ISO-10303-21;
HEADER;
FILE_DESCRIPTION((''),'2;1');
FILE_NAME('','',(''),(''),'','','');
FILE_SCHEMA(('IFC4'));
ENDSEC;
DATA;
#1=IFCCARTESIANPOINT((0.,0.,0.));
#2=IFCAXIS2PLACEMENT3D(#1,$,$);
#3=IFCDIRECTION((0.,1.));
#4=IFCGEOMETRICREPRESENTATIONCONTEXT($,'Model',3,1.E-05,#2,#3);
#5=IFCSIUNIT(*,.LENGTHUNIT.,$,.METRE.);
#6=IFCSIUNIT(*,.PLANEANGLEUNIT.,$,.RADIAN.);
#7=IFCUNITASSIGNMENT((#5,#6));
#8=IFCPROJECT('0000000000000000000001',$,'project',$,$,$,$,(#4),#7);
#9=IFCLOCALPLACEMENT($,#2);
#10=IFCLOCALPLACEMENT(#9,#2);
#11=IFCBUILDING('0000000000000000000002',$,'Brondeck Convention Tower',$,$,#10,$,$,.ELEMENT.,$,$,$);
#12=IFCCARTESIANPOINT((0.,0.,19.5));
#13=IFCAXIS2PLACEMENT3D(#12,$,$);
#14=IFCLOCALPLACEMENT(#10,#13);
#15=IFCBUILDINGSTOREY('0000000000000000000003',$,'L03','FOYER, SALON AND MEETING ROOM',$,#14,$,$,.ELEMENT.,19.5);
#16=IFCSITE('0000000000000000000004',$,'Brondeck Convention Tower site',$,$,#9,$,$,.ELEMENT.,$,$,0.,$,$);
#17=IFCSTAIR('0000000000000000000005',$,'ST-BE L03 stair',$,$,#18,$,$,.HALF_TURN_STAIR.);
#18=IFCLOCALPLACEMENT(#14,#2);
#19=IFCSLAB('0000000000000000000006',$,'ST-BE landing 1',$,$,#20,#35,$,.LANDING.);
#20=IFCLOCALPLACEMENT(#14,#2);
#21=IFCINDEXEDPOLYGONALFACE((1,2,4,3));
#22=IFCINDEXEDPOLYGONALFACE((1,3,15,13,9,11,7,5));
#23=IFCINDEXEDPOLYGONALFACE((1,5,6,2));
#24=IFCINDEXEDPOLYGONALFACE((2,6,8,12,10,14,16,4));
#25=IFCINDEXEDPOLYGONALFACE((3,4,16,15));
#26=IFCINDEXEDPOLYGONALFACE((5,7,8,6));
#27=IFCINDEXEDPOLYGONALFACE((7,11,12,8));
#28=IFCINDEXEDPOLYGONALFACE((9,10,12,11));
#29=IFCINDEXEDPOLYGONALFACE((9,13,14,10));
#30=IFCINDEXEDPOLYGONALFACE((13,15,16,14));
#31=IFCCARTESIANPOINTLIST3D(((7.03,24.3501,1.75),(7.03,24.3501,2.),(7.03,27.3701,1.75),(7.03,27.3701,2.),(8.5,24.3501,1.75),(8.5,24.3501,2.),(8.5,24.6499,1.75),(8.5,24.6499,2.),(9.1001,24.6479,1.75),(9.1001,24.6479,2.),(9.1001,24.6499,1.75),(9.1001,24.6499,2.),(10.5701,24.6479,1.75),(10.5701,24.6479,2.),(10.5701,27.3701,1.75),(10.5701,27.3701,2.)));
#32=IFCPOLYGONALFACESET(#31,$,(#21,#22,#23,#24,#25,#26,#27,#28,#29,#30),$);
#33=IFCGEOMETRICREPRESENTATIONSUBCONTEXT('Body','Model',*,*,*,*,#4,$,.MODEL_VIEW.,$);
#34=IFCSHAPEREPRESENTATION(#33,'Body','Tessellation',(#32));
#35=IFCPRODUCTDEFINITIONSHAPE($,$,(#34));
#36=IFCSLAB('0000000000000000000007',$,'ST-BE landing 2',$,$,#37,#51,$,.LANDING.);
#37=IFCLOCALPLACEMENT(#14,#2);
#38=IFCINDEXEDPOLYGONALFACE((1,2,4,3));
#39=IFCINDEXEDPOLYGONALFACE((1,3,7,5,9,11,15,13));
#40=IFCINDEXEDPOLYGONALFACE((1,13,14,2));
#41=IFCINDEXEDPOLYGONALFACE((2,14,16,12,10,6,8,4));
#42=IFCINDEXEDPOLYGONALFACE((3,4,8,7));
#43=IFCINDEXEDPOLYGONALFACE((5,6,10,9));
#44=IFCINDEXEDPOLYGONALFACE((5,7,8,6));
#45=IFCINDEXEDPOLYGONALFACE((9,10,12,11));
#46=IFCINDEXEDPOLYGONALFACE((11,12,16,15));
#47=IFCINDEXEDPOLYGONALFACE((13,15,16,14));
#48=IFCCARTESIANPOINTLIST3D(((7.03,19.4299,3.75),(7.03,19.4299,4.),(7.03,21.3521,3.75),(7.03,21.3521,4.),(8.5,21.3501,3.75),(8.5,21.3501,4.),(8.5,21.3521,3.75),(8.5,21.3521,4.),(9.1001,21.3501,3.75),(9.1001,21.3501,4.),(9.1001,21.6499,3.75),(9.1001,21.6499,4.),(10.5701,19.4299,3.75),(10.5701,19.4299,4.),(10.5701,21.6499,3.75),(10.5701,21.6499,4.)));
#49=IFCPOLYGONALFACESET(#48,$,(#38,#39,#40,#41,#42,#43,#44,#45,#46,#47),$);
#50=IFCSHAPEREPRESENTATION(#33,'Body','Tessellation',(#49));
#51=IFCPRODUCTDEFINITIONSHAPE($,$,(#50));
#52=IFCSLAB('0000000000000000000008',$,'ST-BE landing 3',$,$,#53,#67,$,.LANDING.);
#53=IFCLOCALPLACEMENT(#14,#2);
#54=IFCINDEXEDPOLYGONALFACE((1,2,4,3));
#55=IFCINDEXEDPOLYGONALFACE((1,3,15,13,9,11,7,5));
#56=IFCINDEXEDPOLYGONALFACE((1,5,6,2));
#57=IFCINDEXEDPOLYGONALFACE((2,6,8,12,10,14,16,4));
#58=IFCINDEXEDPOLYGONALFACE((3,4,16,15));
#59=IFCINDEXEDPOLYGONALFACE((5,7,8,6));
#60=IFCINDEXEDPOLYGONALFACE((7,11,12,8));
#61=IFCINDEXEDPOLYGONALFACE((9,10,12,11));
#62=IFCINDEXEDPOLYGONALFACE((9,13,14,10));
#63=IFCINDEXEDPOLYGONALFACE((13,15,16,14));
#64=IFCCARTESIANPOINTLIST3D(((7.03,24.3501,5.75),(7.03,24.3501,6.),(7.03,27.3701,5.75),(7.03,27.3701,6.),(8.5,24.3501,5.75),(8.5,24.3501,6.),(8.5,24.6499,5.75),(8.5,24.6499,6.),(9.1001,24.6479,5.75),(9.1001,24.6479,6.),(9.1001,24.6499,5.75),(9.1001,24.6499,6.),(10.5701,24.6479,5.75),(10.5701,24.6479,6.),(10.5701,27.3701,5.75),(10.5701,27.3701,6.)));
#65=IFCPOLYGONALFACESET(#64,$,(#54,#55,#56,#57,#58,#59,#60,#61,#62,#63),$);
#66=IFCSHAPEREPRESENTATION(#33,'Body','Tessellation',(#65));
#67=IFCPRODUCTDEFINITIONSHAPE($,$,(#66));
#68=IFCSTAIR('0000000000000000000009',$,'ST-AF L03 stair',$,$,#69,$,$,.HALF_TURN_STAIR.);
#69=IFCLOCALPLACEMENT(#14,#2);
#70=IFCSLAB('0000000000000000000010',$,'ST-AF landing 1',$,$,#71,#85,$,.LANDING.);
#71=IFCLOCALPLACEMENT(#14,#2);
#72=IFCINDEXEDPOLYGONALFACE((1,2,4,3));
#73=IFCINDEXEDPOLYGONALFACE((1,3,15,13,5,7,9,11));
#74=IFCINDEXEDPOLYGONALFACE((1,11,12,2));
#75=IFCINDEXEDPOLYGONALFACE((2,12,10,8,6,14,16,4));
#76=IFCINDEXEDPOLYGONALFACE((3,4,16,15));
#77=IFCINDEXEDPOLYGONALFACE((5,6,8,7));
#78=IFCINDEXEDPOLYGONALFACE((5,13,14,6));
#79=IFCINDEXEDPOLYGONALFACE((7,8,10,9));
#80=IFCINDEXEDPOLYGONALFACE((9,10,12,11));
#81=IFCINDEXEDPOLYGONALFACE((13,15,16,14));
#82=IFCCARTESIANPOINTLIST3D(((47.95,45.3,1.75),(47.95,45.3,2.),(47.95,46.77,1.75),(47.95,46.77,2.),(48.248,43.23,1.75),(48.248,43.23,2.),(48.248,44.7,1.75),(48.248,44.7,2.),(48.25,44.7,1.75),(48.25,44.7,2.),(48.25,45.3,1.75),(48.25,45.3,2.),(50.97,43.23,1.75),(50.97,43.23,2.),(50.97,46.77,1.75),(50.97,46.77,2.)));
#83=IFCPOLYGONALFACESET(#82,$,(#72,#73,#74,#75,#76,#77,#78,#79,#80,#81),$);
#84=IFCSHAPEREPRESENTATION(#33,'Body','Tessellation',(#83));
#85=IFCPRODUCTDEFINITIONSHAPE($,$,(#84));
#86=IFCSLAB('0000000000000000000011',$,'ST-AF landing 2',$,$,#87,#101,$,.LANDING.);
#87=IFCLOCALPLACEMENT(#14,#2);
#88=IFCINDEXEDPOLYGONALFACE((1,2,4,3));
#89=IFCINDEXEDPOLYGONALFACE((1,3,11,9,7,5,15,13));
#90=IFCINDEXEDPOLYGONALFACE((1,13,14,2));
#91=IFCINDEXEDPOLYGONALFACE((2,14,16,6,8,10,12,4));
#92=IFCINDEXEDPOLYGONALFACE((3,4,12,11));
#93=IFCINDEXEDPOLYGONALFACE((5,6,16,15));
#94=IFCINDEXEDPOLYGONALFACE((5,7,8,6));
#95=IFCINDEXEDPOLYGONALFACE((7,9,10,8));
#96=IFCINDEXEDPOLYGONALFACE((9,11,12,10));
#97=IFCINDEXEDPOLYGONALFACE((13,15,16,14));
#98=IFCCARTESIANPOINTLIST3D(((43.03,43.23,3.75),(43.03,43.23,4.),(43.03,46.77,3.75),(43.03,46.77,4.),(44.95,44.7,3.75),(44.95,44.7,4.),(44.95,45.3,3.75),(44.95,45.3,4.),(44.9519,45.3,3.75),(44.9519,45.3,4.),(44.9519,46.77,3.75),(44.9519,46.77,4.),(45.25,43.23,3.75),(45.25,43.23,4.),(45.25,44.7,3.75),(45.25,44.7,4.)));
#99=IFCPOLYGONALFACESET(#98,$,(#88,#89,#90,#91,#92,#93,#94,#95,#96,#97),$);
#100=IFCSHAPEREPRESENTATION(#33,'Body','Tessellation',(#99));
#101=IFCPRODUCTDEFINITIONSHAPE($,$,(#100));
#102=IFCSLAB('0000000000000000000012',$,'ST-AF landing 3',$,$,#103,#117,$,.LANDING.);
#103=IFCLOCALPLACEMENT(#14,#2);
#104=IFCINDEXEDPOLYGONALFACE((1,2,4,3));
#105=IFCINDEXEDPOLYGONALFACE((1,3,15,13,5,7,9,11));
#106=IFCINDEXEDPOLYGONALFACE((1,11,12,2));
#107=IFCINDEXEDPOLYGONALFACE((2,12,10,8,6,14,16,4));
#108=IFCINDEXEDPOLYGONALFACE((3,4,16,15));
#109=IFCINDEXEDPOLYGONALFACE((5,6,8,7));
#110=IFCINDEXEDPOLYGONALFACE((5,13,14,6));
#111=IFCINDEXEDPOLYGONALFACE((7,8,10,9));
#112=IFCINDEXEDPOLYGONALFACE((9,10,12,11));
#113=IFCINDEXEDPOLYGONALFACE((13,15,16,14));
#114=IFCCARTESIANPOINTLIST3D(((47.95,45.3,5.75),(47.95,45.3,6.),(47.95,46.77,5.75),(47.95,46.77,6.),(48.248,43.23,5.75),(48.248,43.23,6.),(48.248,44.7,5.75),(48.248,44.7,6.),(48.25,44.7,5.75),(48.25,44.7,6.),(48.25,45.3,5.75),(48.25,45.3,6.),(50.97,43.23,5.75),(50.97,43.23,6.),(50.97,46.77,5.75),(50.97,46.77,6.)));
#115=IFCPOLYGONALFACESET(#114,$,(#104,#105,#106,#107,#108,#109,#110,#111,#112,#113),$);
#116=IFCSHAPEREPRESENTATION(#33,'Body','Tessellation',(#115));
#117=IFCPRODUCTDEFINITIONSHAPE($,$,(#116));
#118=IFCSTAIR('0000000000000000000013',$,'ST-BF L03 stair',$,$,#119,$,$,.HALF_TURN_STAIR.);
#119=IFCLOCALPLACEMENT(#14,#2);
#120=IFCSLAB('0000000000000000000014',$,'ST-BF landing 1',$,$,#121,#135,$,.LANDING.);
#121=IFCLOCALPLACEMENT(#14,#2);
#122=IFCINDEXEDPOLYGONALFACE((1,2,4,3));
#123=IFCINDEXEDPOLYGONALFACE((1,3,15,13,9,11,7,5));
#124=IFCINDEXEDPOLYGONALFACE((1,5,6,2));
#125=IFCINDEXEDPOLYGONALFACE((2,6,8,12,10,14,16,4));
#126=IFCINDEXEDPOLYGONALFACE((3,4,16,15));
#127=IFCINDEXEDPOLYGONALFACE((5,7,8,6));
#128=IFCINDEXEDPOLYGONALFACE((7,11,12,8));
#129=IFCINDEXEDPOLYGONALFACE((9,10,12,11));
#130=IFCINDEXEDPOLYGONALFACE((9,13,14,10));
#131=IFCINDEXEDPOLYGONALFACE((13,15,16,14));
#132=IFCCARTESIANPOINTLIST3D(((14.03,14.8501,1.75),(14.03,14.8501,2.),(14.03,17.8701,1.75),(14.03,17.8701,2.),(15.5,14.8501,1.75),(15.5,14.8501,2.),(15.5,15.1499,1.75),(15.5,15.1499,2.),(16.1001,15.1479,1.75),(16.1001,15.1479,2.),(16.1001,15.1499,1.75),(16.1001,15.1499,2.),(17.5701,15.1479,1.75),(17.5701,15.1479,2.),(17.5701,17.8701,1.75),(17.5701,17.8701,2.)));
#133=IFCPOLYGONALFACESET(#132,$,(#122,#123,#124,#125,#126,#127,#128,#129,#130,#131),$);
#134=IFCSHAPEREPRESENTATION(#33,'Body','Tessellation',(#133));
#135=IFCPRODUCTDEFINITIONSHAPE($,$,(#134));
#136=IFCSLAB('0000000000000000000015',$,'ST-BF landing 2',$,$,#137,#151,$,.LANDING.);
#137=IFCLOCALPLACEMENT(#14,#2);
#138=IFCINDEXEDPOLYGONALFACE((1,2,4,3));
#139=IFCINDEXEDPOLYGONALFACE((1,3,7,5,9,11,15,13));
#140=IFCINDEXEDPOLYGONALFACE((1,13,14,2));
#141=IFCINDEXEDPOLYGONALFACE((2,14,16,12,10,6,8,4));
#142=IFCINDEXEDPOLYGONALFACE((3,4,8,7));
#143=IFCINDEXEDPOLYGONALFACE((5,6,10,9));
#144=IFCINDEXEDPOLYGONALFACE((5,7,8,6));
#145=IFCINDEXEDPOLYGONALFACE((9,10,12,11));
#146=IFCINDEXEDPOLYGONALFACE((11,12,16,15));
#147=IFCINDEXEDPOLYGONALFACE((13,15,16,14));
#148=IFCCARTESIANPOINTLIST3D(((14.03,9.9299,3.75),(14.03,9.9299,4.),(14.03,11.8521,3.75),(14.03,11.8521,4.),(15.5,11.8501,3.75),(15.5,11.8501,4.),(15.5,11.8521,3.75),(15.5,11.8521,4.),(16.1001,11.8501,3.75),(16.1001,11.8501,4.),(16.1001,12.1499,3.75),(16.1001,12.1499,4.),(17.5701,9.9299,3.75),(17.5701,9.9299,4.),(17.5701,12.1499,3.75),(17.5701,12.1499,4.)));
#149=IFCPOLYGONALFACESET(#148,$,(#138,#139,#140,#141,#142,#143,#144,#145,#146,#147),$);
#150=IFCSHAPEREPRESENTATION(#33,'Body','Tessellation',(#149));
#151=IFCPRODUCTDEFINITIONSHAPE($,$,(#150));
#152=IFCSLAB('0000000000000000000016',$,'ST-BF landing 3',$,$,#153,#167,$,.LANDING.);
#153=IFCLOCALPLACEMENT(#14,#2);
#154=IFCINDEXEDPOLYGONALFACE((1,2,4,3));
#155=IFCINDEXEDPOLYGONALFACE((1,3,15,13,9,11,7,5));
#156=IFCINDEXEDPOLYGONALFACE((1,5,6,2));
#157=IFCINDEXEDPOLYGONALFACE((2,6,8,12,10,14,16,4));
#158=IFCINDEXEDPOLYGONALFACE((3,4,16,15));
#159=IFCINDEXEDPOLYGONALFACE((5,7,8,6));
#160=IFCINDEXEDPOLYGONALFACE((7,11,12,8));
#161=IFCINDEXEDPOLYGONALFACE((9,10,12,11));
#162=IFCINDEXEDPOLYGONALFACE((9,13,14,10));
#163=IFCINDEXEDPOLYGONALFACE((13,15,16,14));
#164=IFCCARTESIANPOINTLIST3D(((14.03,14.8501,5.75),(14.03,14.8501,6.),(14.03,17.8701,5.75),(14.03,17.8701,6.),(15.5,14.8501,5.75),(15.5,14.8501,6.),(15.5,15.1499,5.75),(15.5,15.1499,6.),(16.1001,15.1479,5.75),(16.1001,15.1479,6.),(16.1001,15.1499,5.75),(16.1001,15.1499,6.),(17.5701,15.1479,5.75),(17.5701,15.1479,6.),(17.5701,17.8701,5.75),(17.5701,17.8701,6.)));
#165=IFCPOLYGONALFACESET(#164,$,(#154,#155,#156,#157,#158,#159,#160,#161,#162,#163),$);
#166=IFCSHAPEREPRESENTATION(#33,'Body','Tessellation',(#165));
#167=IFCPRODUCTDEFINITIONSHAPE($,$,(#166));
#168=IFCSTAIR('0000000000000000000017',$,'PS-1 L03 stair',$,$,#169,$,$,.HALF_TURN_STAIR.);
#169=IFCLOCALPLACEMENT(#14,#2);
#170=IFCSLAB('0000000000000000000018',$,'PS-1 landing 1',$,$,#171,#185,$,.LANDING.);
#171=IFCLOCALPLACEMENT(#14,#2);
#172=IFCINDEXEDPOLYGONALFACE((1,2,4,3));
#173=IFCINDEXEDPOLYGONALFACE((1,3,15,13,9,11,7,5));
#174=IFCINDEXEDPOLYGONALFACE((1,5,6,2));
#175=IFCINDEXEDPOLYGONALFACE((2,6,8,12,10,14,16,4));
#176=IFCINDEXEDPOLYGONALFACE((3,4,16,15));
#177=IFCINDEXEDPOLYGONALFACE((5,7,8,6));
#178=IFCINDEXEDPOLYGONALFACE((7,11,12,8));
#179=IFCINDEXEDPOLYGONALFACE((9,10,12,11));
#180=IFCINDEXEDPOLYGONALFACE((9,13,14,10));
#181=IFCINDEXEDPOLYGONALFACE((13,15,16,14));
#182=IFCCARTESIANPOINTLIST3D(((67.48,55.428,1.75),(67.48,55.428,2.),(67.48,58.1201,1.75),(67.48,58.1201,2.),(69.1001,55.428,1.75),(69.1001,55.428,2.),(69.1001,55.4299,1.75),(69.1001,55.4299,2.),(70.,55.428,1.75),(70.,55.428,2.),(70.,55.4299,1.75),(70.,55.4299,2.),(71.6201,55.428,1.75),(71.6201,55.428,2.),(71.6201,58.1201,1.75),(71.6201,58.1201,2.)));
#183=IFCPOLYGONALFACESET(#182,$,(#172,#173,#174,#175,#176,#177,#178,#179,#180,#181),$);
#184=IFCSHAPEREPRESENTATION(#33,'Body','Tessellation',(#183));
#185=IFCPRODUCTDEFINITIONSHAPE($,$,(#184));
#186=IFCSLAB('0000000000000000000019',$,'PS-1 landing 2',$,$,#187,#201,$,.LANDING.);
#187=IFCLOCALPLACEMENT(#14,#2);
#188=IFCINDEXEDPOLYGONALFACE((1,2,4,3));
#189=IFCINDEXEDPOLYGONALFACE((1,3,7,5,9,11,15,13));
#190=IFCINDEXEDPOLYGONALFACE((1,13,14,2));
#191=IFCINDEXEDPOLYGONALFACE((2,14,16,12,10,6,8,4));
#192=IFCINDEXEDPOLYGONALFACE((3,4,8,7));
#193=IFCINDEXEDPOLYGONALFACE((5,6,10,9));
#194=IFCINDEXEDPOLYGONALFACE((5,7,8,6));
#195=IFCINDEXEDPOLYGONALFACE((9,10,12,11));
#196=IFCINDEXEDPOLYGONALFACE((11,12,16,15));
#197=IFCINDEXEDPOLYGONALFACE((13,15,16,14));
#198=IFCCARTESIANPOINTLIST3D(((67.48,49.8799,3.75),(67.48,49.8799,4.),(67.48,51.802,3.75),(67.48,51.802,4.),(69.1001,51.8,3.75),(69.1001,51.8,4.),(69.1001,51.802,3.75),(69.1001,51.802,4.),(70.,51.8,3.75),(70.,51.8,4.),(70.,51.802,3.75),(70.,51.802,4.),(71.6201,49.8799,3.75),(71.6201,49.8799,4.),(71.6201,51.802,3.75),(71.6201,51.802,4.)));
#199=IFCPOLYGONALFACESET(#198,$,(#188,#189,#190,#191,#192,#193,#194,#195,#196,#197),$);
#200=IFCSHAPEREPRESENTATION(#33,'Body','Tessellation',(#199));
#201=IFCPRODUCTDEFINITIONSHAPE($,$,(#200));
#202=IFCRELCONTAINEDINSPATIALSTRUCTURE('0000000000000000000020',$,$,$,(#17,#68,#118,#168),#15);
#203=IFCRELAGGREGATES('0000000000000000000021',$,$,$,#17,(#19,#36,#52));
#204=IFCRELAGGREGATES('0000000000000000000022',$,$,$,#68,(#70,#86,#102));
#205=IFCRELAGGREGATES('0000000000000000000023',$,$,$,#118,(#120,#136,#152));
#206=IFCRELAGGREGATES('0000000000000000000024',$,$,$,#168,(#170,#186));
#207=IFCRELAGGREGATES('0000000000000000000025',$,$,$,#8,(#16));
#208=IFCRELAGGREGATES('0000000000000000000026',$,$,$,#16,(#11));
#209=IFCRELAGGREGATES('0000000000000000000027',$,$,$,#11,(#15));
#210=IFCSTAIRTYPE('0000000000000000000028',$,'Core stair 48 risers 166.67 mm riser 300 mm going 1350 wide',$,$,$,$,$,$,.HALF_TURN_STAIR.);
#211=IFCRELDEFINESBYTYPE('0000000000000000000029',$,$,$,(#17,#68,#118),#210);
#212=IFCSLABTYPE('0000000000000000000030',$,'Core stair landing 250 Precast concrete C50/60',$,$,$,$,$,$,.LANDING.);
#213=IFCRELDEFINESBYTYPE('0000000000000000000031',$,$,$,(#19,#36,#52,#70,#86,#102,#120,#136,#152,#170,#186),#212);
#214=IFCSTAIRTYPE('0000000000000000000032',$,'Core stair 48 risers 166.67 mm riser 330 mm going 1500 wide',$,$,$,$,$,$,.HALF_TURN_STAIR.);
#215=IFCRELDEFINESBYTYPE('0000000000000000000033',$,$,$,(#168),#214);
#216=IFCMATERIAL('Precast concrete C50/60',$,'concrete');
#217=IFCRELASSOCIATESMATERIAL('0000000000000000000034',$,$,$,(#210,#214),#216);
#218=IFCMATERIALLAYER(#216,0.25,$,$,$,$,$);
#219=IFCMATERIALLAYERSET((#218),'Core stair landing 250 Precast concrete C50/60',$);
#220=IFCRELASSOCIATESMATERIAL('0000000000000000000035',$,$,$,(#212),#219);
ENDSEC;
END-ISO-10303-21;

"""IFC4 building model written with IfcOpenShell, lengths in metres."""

from ifc_helpers import new_model, si_unit, direction, frame, origin, place, context, subcontext, project, spatial, polyline, outline, extrude, material, layer, layer_set, type_object, element, aggregate, save


model = new_model("IFC4")

# Units and contexts
model_context = context("Model", 3, precision=1e-05, world=origin(), true_north=direction((0.0, 1.0)))
body_context = subcontext(model_context, "Body", "Model", "MODEL_VIEW")
ifc_project = project(units=[si_unit("LENGTHUNIT", "METRE"), si_unit("PLANEANGLEUNIT", "RADIAN")], contexts=[model_context])

# Site, building, storey
site_placement = place(None, origin())
site = spatial("IfcSite", under=ifc_project, at=site_placement, Name="Brondeck Convention Tower site", CompositionType="ELEMENT", RefElevation=0.0)
building_placement = place(site_placement, origin())
building = spatial("IfcBuilding", under=site, at=building_placement, Name="Brondeck Convention Tower", CompositionType="ELEMENT")
storey_placement = place(building_placement, frame((0.0, 0.0, 19.5)))
storey = spatial("IfcBuildingStorey", under=building, at=storey_placement, Name="L03", Description="FOYER, SALON AND MEETING ROOM", CompositionType="ELEMENT", Elevation=19.5)

# Stairs, slabs
ifc_material_1 = material(Name="Precast concrete C50/60", Category="concrete")
stair_type_1 = type_object("IfcStairType", Name="Core stair 48 risers 166.67 mm riser 300 mm going 1350 wide", PredefinedType="HALF_TURN_STAIR", material=ifc_material_1)
ifc_layer_1 = layer(ifc_material_1, 0.25)
ifc_layer_set_1 = layer_set([ifc_layer_1], Name="Core stair landing 250 Precast concrete C50/60")
slab_type_1 = type_object("IfcSlabType", Name="Core stair landing 250 Precast concrete C50/60", PredefinedType="LANDING", material=ifc_layer_set_1)
stair_1_placement = place(storey_placement, origin())
stair_1 = element("IfcStair", 1, at=stair_1_placement, inside=storey, type_object=stair_type_1, Name="ST-BE L03 stair", PredefinedType="HALF_TURN_STAIR")
slab_1_placement = place(storey_placement, frame((0.0, 0.0, 1.75)))
slab_1 = element("IfcSlab", 2, at=slab_1_placement, type_object=slab_type_1, Name="ST-BE landing 1", PredefinedType="LANDING", context=body_context, shape_type="SweptSolid", body=[
    extrude(outline(polyline([(7.03, 24.3501), (7.03, 27.3701), (10.5701, 27.3701), (10.5701, 24.6479), (9.1001, 24.6479), (9.1001, 24.6499), (8.5, 24.6499), (8.5, 24.3501), (7.03, 24.3501)])), origin(), (0.0, 0.0, 1.0), 0.25),
])
slab_2_placement = place(storey_placement, frame((0.0, 0.0, 3.75)))
slab_2 = element("IfcSlab", 3, at=slab_2_placement, type_object=slab_type_1, Name="ST-BE landing 2", PredefinedType="LANDING", context=body_context, shape_type="SweptSolid", body=[
    extrude(outline(polyline([(10.5701, 19.4299), (7.03, 19.4299), (7.03, 21.3521), (8.5, 21.3521), (8.5, 21.3501), (9.1001, 21.3501), (9.1001, 21.6499), (10.5701, 21.6499), (10.5701, 19.4299)])), origin(), (0.0, 0.0, 1.0), 0.25),
])
slab_3_placement = place(storey_placement, frame((0.0, 0.0, 5.75)))
slab_3 = element("IfcSlab", 4, at=slab_3_placement, type_object=slab_type_1, Name="ST-BE landing 3", PredefinedType="LANDING", context=body_context, shape_type="SweptSolid", body=[
    extrude(outline(polyline([(7.03, 24.3501), (7.03, 27.3701), (10.5701, 27.3701), (10.5701, 24.6479), (9.1001, 24.6479), (9.1001, 24.6499), (8.5, 24.6499), (8.5, 24.3501), (7.03, 24.3501)])), origin(), (0.0, 0.0, 1.0), 0.25),
])
aggregate(stair_1, [slab_1, slab_2, slab_3])
stair_2_placement = place(storey_placement, origin())
stair_2 = element("IfcStair", 5, at=stair_2_placement, inside=storey, type_object=stair_type_1, Name="ST-AF L03 stair", PredefinedType="HALF_TURN_STAIR")
slab_4_placement = place(storey_placement, frame((0.0, 0.0, 1.75)))
slab_4 = element("IfcSlab", 6, at=slab_4_placement, type_object=slab_type_1, Name="ST-AF landing 1", PredefinedType="LANDING", context=body_context, shape_type="SweptSolid", body=[
    extrude(outline(polyline([(48.248, 44.7), (48.25, 44.7), (48.25, 45.3), (47.95, 45.3), (47.95, 46.77), (50.97, 46.77), (50.97, 43.23), (48.248, 43.23), (48.248, 44.7)])), origin(), (0.0, 0.0, 1.0), 0.25),
])
slab_5_placement = place(storey_placement, frame((0.0, 0.0, 3.75)))
slab_5 = element("IfcSlab", 7, at=slab_5_placement, type_object=slab_type_1, Name="ST-AF landing 2", PredefinedType="LANDING", context=body_context, shape_type="SweptSolid", body=[
    extrude(outline(polyline([(45.25, 44.7), (45.25, 43.23), (43.03, 43.23), (43.03, 46.77), (44.9519, 46.77), (44.9519, 45.3), (44.95, 45.3), (44.95, 44.7), (45.25, 44.7)])), origin(), (0.0, 0.0, 1.0), 0.25),
])
slab_6_placement = place(storey_placement, frame((0.0, 0.0, 5.75)))
slab_6 = element("IfcSlab", 8, at=slab_6_placement, type_object=slab_type_1, Name="ST-AF landing 3", PredefinedType="LANDING", context=body_context, shape_type="SweptSolid", body=[
    extrude(outline(polyline([(48.248, 44.7), (48.25, 44.7), (48.25, 45.3), (47.95, 45.3), (47.95, 46.77), (50.97, 46.77), (50.97, 43.23), (48.248, 43.23), (48.248, 44.7)])), origin(), (0.0, 0.0, 1.0), 0.25),
])
aggregate(stair_2, [slab_4, slab_5, slab_6])
stair_3_placement = place(storey_placement, origin())
stair_3 = element("IfcStair", 9, at=stair_3_placement, inside=storey, type_object=stair_type_1, Name="ST-BF L03 stair", PredefinedType="HALF_TURN_STAIR")
slab_7_placement = place(storey_placement, frame((0.0, 0.0, 1.75)))
slab_7 = element("IfcSlab", 10, at=slab_7_placement, type_object=slab_type_1, Name="ST-BF landing 1", PredefinedType="LANDING", context=body_context, shape_type="SweptSolid", body=[
    extrude(outline(polyline([(14.03, 14.8501), (14.03, 17.8701), (17.5701, 17.8701), (17.5701, 15.1479), (16.1001, 15.1479), (16.1001, 15.1499), (15.5, 15.1499), (15.5, 14.8501), (14.03, 14.8501)])), origin(), (0.0, 0.0, 1.0), 0.25),
])
slab_8_placement = place(storey_placement, frame((0.0, 0.0, 3.75)))
slab_8 = element("IfcSlab", 11, at=slab_8_placement, type_object=slab_type_1, Name="ST-BF landing 2", PredefinedType="LANDING", context=body_context, shape_type="SweptSolid", body=[
    extrude(outline(polyline([(17.5701, 9.9299), (14.03, 9.9299), (14.03, 11.8521), (15.5, 11.8521), (15.5, 11.8501), (16.1001, 11.8501), (16.1001, 12.1499), (17.5701, 12.1499), (17.5701, 9.9299)])), origin(), (0.0, 0.0, 1.0), 0.25),
])
slab_9_placement = place(storey_placement, frame((0.0, 0.0, 5.75)))
slab_9 = element("IfcSlab", 12, at=slab_9_placement, type_object=slab_type_1, Name="ST-BF landing 3", PredefinedType="LANDING", context=body_context, shape_type="SweptSolid", body=[
    extrude(outline(polyline([(14.03, 14.8501), (14.03, 17.8701), (17.5701, 17.8701), (17.5701, 15.1479), (16.1001, 15.1479), (16.1001, 15.1499), (15.5, 15.1499), (15.5, 14.8501), (14.03, 14.8501)])), origin(), (0.0, 0.0, 1.0), 0.25),
])
aggregate(stair_3, [slab_7, slab_8, slab_9])
stair_type_2 = type_object("IfcStairType", Name="Core stair 48 risers 166.67 mm riser 330 mm going 1500 wide", PredefinedType="HALF_TURN_STAIR", material=ifc_material_1)
stair_4_placement = place(storey_placement, origin())
stair_4 = element("IfcStair", 13, at=stair_4_placement, inside=storey, type_object=stair_type_2, Name="PS-1 L03 stair", PredefinedType="HALF_TURN_STAIR")
slab_10_placement = place(storey_placement, frame((0.0, 0.0, 1.75)))
slab_10 = element("IfcSlab", 14, at=slab_10_placement, type_object=slab_type_1, Name="PS-1 landing 1", PredefinedType="LANDING", context=body_context, shape_type="SweptSolid", body=[
    extrude(outline(polyline([(69.1001, 55.428), (67.48, 55.428), (67.48, 58.1201), (71.6201, 58.1201), (71.6201, 55.428), (70.0, 55.428), (70.0, 55.4299), (69.1001, 55.4299), (69.1001, 55.428)])), origin(), (0.0, 0.0, 1.0), 0.25),
])
slab_11_placement = place(storey_placement, frame((0.0, 0.0, 3.75)))
slab_11 = element("IfcSlab", 15, at=slab_11_placement, type_object=slab_type_1, Name="PS-1 landing 2", PredefinedType="LANDING", context=body_context, shape_type="SweptSolid", body=[
    extrude(outline(polyline([(71.6201, 49.8799), (67.48, 49.8799), (67.48, 51.802), (69.1001, 51.802), (69.1001, 51.8), (70.0, 51.8), (70.0, 51.802), (71.6201, 51.802), (71.6201, 49.8799)])), origin(), (0.0, 0.0, 1.0), 0.25),
])
aggregate(stair_4, [slab_10, slab_11])

save(model, "model.ifc")
